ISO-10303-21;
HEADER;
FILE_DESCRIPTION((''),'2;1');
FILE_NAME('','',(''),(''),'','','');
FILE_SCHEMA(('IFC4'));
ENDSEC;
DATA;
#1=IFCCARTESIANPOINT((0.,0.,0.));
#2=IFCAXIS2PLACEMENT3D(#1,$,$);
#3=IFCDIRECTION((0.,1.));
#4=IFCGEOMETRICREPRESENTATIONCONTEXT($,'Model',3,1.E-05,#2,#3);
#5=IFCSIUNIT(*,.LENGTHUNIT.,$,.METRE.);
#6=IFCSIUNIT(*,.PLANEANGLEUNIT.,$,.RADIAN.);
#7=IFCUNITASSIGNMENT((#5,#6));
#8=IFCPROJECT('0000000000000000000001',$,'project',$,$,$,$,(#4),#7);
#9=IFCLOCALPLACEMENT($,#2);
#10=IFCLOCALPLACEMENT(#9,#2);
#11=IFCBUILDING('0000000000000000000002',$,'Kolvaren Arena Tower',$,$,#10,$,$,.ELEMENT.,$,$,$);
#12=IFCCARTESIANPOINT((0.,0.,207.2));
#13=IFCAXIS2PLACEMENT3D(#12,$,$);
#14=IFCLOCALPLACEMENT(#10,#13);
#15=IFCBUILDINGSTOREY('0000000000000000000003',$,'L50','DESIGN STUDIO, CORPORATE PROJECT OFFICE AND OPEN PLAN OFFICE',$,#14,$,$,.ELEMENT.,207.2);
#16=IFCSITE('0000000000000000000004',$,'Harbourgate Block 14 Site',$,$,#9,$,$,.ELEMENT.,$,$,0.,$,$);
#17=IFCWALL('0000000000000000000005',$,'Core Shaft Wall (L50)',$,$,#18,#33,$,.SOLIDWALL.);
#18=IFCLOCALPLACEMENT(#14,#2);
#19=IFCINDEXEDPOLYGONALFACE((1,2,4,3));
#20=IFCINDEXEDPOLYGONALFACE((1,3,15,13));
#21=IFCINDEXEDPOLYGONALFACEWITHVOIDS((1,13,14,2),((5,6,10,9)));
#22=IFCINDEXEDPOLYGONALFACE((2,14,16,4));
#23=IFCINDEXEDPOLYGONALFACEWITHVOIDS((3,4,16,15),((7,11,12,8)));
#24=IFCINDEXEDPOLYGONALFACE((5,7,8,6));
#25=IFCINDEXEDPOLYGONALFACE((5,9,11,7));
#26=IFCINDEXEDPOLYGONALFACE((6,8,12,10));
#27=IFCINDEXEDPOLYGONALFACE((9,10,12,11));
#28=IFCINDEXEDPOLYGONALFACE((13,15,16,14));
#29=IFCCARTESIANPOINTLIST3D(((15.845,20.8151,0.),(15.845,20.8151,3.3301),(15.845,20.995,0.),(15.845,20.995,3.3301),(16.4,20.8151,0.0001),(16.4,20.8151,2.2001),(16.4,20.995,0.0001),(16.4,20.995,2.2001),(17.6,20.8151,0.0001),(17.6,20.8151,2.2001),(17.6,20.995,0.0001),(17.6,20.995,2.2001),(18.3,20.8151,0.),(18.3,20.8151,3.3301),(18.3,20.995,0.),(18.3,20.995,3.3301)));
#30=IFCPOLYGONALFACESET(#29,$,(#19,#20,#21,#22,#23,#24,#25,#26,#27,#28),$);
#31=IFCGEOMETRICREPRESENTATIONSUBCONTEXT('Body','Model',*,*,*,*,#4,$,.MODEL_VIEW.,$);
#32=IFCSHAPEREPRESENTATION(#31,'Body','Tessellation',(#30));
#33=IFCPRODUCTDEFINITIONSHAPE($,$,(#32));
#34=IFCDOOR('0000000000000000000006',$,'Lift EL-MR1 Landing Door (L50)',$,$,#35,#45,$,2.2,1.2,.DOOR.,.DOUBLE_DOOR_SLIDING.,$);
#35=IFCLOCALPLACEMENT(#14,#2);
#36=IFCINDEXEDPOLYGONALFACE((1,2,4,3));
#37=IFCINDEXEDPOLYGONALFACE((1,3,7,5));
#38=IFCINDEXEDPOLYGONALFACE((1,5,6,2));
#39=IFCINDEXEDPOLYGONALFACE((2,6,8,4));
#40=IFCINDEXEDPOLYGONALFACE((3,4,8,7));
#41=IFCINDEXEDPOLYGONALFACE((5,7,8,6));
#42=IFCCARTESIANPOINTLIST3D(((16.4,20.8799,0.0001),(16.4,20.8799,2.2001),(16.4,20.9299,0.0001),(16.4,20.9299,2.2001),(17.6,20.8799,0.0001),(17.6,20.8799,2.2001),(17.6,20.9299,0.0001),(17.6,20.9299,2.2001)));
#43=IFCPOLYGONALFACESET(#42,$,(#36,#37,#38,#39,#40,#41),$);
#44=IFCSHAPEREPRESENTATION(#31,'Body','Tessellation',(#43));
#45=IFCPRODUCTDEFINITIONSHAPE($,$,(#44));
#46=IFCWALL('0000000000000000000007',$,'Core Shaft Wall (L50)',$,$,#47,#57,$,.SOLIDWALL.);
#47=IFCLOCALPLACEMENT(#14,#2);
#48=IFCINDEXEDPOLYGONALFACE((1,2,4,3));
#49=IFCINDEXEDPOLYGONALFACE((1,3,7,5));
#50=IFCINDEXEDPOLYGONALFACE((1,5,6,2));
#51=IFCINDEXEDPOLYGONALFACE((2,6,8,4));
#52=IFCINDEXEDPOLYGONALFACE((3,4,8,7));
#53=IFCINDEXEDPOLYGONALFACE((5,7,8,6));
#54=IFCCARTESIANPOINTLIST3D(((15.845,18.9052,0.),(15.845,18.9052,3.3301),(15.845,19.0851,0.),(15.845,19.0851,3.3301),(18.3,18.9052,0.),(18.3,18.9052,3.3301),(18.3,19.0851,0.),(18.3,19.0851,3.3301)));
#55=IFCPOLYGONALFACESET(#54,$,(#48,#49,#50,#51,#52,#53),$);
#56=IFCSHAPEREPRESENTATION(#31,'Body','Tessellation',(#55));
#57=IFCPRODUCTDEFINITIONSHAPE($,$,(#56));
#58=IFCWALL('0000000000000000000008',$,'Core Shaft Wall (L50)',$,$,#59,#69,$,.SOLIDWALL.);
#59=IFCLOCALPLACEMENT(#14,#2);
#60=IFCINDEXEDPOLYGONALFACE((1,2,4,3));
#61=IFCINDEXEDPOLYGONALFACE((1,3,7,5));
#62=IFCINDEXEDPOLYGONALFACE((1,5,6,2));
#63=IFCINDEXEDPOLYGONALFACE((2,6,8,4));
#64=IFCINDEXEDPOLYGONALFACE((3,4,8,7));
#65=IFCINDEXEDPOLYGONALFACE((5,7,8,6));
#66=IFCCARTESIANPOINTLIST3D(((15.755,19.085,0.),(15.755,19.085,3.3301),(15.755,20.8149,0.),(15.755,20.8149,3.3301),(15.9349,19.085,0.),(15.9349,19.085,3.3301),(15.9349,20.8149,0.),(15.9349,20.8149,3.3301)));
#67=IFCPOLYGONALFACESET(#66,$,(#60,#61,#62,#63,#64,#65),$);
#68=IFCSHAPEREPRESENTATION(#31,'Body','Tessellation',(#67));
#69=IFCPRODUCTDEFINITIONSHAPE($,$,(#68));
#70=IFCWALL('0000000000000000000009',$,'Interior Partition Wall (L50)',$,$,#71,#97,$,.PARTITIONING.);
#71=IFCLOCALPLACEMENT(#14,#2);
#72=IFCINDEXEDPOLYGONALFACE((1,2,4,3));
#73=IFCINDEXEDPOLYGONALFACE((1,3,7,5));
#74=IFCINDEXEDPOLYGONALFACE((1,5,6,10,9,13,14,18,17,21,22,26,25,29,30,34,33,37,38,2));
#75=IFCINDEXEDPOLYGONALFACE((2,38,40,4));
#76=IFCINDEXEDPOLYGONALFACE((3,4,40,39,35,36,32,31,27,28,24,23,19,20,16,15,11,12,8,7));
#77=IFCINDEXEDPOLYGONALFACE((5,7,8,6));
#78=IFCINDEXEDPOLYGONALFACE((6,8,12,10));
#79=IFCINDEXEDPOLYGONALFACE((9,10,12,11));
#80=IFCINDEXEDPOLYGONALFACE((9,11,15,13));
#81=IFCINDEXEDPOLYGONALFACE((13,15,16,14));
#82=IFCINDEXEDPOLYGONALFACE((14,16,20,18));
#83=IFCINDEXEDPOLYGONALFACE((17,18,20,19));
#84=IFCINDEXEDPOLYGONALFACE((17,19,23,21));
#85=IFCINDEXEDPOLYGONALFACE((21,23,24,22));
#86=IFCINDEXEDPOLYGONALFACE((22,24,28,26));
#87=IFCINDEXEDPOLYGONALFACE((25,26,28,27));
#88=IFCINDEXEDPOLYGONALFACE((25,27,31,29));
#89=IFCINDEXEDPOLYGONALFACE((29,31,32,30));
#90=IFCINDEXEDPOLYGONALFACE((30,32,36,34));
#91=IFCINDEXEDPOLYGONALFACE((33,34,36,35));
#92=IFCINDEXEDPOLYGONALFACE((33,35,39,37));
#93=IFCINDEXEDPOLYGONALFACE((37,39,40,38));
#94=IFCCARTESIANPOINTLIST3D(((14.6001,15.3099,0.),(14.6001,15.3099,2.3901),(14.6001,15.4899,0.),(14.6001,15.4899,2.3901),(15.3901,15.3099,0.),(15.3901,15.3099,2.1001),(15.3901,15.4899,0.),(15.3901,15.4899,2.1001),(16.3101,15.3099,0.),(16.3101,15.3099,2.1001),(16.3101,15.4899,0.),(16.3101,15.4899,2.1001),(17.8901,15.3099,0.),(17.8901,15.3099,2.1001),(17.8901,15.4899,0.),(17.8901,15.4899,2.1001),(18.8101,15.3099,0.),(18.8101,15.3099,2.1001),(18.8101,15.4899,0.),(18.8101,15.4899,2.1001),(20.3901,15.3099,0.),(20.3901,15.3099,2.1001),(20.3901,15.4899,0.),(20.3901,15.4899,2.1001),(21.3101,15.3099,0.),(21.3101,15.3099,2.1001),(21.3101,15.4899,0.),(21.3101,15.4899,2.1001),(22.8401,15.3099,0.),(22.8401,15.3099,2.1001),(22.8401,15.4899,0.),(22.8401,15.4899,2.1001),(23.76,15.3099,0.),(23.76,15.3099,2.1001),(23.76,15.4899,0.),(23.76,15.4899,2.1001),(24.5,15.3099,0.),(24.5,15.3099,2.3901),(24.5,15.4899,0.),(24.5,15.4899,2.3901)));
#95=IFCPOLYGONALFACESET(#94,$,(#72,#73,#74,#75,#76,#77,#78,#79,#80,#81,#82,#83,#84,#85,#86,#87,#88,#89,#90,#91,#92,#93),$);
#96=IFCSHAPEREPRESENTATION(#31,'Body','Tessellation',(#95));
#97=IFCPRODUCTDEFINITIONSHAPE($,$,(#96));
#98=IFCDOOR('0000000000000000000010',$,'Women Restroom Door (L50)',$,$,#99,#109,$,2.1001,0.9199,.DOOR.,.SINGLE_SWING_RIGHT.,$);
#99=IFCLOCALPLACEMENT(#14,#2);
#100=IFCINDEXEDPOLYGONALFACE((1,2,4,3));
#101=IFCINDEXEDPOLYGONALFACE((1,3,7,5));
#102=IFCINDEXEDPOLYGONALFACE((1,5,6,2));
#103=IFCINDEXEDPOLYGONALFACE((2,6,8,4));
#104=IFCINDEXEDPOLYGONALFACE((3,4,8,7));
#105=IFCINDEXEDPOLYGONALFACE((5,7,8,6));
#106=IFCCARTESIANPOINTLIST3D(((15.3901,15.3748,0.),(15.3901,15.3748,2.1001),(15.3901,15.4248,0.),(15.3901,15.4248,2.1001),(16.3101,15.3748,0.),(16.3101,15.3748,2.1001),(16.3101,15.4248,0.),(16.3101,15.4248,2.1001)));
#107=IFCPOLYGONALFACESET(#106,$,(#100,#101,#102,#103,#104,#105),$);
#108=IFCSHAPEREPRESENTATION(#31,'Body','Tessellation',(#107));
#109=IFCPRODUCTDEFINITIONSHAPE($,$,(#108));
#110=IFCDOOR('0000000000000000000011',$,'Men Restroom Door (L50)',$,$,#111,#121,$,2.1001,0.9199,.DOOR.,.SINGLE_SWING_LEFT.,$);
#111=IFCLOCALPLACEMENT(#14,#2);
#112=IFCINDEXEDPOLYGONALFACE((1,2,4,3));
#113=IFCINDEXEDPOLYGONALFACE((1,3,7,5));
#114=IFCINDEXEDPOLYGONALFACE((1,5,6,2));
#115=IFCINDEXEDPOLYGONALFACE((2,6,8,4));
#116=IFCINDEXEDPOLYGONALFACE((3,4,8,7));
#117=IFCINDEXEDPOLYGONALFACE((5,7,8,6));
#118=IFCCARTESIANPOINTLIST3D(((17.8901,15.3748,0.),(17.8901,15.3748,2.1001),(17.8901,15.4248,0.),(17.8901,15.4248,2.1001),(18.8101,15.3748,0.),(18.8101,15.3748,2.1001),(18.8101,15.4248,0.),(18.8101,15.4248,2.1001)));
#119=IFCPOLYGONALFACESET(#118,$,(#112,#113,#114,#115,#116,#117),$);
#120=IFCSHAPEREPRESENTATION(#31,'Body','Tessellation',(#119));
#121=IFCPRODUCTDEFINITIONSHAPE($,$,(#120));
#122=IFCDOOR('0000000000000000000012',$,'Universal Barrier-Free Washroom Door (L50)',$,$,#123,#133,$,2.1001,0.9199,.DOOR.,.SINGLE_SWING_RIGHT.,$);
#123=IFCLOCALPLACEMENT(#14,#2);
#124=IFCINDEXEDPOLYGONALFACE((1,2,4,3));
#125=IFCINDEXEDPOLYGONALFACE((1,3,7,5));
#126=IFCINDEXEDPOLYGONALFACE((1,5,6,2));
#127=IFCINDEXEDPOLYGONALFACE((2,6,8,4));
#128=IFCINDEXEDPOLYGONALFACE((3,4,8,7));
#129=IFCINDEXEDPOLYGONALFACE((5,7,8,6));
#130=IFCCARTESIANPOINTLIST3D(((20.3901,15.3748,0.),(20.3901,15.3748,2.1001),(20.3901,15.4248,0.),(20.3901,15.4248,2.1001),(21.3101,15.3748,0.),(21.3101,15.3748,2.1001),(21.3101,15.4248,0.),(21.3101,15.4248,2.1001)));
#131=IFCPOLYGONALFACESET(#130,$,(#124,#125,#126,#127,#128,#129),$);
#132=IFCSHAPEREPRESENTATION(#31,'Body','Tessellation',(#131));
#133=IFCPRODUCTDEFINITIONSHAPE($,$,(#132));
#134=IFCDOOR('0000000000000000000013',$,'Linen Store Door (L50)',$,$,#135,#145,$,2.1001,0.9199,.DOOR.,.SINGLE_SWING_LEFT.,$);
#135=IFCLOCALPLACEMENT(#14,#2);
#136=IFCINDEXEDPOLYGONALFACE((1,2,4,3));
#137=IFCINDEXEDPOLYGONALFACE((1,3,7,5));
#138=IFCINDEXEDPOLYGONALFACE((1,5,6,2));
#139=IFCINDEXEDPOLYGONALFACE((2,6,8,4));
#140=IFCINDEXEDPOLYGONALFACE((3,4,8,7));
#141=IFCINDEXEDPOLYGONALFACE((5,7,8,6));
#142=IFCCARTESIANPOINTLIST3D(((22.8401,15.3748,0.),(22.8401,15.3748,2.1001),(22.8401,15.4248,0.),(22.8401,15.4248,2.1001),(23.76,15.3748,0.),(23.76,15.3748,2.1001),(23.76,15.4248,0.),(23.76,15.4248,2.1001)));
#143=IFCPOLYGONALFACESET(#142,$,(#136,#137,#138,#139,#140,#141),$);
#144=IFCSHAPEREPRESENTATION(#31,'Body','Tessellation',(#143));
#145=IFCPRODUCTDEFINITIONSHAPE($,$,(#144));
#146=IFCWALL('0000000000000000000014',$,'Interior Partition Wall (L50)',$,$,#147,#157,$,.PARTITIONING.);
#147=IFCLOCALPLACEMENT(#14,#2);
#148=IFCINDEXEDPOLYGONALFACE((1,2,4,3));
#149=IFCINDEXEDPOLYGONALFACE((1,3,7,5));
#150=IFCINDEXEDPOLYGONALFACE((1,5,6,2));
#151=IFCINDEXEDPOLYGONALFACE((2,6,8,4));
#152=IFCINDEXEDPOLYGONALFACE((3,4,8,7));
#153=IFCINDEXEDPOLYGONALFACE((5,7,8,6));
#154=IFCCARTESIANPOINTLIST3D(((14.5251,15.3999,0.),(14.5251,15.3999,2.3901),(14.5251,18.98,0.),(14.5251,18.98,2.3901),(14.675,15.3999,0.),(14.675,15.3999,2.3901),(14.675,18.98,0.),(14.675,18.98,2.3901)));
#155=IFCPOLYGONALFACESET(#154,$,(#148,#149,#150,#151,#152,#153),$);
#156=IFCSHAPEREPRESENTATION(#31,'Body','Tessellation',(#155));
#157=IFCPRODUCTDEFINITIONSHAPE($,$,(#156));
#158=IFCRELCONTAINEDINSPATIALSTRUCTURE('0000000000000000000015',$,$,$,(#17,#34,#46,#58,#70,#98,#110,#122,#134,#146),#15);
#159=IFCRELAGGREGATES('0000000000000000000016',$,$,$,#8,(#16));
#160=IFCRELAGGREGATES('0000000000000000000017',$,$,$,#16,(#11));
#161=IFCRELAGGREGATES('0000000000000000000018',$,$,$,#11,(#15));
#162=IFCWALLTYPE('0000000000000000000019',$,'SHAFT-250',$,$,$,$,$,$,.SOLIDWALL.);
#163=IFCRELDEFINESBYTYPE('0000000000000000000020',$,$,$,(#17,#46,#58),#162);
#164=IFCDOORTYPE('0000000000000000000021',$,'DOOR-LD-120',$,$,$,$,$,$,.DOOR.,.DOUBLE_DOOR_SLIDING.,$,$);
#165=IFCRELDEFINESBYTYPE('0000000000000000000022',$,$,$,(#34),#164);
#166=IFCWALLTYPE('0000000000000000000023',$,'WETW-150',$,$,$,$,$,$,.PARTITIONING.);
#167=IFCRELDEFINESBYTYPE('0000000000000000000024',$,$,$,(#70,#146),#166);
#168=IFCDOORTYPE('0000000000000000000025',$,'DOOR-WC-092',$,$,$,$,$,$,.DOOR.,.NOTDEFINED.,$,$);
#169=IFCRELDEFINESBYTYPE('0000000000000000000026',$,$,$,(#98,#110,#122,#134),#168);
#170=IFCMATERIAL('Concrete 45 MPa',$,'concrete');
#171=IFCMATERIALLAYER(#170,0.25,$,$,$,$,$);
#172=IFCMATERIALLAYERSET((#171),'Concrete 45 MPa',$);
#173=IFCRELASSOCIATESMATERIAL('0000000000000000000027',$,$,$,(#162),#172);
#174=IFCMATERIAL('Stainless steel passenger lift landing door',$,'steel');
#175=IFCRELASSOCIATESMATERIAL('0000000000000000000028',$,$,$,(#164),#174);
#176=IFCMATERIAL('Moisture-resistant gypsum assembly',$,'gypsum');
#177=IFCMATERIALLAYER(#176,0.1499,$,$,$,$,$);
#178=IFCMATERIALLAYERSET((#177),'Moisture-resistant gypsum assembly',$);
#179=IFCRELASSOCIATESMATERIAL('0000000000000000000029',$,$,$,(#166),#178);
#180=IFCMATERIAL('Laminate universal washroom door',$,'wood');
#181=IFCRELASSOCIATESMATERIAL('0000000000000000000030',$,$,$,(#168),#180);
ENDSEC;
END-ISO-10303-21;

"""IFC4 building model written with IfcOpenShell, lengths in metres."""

from ifc_helpers import new_model, si_unit, direction, frame, frame_2d, origin, place, context, subcontext, project, spatial, rectangle, extrude, material, layer, layer_set, type_object, element, fill, save


model = new_model("IFC4")

# Units and contexts
model_context = context("Model", 3, precision=1e-05, world=origin(), true_north=direction((0.0, 1.0)))
body_context = subcontext(model_context, "Body", "Model", "MODEL_VIEW")
ifc_project = project(units=[si_unit("LENGTHUNIT", "METRE"), si_unit("PLANEANGLEUNIT", "RADIAN")], contexts=[model_context])

# Site, building, storey
site_placement = place(None, origin())
site = spatial("IfcSite", under=ifc_project, at=site_placement, Name="Harbourgate Block 14 Site", CompositionType="ELEMENT", RefElevation=0.0)
building_placement = place(site_placement, origin())
building = spatial("IfcBuilding", under=site, at=building_placement, Name="Kolvaren Arena Tower", CompositionType="ELEMENT")
storey_placement = place(building_placement, frame((0.0, 0.0, 207.2)))
storey = spatial("IfcBuildingStorey", under=building, at=storey_placement, Name="L50", Description="DESIGN STUDIO, CORPORATE PROJECT OFFICE AND OPEN PLAN OFFICE", CompositionType="ELEMENT", Elevation=207.2)

# Wall, opening, door
ifc_material_1 = material(Name="Concrete 45 MPa", Category="concrete")
ifc_layer_1 = layer(ifc_material_1, 0.25)
ifc_layer_set_1 = layer_set([ifc_layer_1], Name="Concrete 45 MPa")
wall_type_1 = type_object("IfcWallType", Name="SHAFT-250", PredefinedType="SOLIDWALL", material=ifc_layer_set_1)
wall_1_placement = place(storey_placement, frame((15.845, 20.905, 0.0), z_axis=(0.0, 0.0, 1.0), x_axis=(1.0, 0.0, 0.0)))
wall_1 = element("IfcWall", 1, at=wall_1_placement, inside=storey, type_object=wall_type_1, Name="Core Shaft Wall (L50)", PredefinedType="SOLIDWALL", context=body_context, shape_type="SweptSolid", body=[
    extrude(rectangle(XDim=2.4551, YDim=0.1799, at=frame_2d((1.2275, 0.0))), origin(), (0.0, 0.0, 1.0), 3.3301),
])
opening_1_placement = place(wall_1_placement, frame((0.5549, 0.0, 0.0)))
opening_1 = element("IfcOpeningElement", 2, at=opening_1_placement, cuts=wall_1, PredefinedType="OPENING", context=body_context, shape_type="SweptSolid", body=[
    extrude(rectangle(XDim=1.2, YDim=2.2, at=frame_2d((0.6001, 1.1001))), frame((0.0, 0.0999, 0.0), z_axis=(0.0, -1.0, 0.0), x_axis=(1.0, 0.0, 0.0)), (0.0, 0.0, 1.0), 0.2),
])
ifc_material_2 = material(Name="Stainless steel passenger lift landing door", Category="steel")
door_type_1 = type_object("IfcDoorType", Name="DOOR-LD-120", OperationType="DOUBLE_DOOR_SLIDING", PredefinedType="DOOR", material=ifc_material_2)
door_1_placement = place(opening_1_placement, origin())
door_1 = element("IfcDoor", 3, at=door_1_placement, inside=storey, type_object=door_type_1, Name="Lift EL-MR1 Landing Door (L50)", OperationType="DOUBLE_DOOR_SLIDING", OverallHeight=2.2, OverallWidth=1.2, PredefinedType="DOOR", context=body_context, shape_type="SweptSolid", body=[
    extrude(rectangle(XDim=1.2, YDim=2.2, at=frame_2d((0.6001, 1.1001))), frame((0.0, 0.0249, 0.0), z_axis=(0.0, -1.0, 0.0), x_axis=(1.0, 0.0, 0.0)), (0.0, 0.0, 1.0), 0.05),
])
fill(opening_1, door_1)

# Walls
wall_2_placement = place(storey_placement, frame((15.845, 18.9951, 0.0), z_axis=(0.0, 0.0, 1.0), x_axis=(1.0, 0.0, 0.0)))
element("IfcWall", 4, at=wall_2_placement, inside=storey, type_object=wall_type_1, Name="Core Shaft Wall (L50)", PredefinedType="SOLIDWALL", context=body_context, shape_type="SweptSolid", body=[
    extrude(rectangle(XDim=2.4551, YDim=0.1799, at=frame_2d((1.2275, 0.0))), origin(), (0.0, 0.0, 1.0), 3.3301),
])
wall_3_placement = place(storey_placement, frame((15.845, 19.085, 0.0), z_axis=(0.0, 0.0, 1.0), x_axis=(0.0, 1.0, 0.0)))
element("IfcWall", 5, at=wall_3_placement, inside=storey, type_object=wall_type_1, Name="Core Shaft Wall (L50)", PredefinedType="SOLIDWALL", context=body_context, shape_type="SweptSolid", body=[
    extrude(rectangle(XDim=1.73, YDim=0.1799, at=frame_2d((0.865, 0.0))), origin(), (0.0, 0.0, 1.0), 3.3301),
])

# Wall, openings, doors
ifc_material_3 = material(Name="Moisture-resistant gypsum assembly", Category="gypsum")
ifc_layer_2 = layer(ifc_material_3, 0.1499)
ifc_layer_set_2 = layer_set([ifc_layer_2], Name="Moisture-resistant gypsum assembly")
wall_type_2 = type_object("IfcWallType", Name="WETW-150", PredefinedType="PARTITIONING", material=ifc_layer_set_2)
wall_4_placement = place(storey_placement, frame((14.6001, 15.3999, 0.0), z_axis=(0.0, 0.0, 1.0), x_axis=(1.0, 0.0, 0.0)))
wall_4 = element("IfcWall", 6, at=wall_4_placement, inside=storey, type_object=wall_type_2, Name="Interior Partition Wall (L50)", PredefinedType="PARTITIONING", context=body_context, shape_type="SweptSolid", body=[
    extrude(rectangle(XDim=9.8999, YDim=0.1799, at=frame_2d((4.95, 0.0))), origin(), (0.0, 0.0, 1.0), 2.3901),
])
opening_2_placement = place(wall_4_placement, frame((0.79, 0.0, 0.0)))
opening_2 = element("IfcOpeningElement", 7, at=opening_2_placement, cuts=wall_4, PredefinedType="OPENING", context=body_context, shape_type="SweptSolid", body=[
    extrude(rectangle(XDim=0.9199, YDim=2.1001, at=frame_2d((0.46, 1.05))), frame((0.0, 0.0999, 0.0), z_axis=(0.0, -1.0, 0.0), x_axis=(1.0, 0.0, 0.0)), (0.0, 0.0, 1.0), 0.2),
])
opening_3_placement = place(wall_4_placement, frame((3.29, 0.0, 0.0)))
opening_3 = element("IfcOpeningElement", 8, at=opening_3_placement, cuts=wall_4, PredefinedType="OPENING", context=body_context, shape_type="SweptSolid", body=[
    extrude(rectangle(XDim=0.9199, YDim=2.1001, at=frame_2d((0.46, 1.05))), frame((0.0, 0.0999, 0.0), z_axis=(0.0, -1.0, 0.0), x_axis=(1.0, 0.0, 0.0)), (0.0, 0.0, 1.0), 0.2),
])
opening_4_placement = place(wall_4_placement, frame((5.79, 0.0, 0.0)))
opening_4 = element("IfcOpeningElement", 9, at=opening_4_placement, cuts=wall_4, PredefinedType="OPENING", context=body_context, shape_type="SweptSolid", body=[
    extrude(rectangle(XDim=0.9199, YDim=2.1001, at=frame_2d((0.46, 1.05))), frame((0.0, 0.0999, 0.0), z_axis=(0.0, -1.0, 0.0), x_axis=(1.0, 0.0, 0.0)), (0.0, 0.0, 1.0), 0.2),
])
opening_5_placement = place(wall_4_placement, frame((8.24, 0.0, 0.0)))
opening_5 = element("IfcOpeningElement", 10, at=opening_5_placement, cuts=wall_4, PredefinedType="OPENING", context=body_context, shape_type="SweptSolid", body=[
    extrude(rectangle(XDim=0.9199, YDim=2.1001, at=frame_2d((0.46, 1.05))), frame((0.0, 0.0999, 0.0), z_axis=(0.0, -1.0, 0.0), x_axis=(1.0, 0.0, 0.0)), (0.0, 0.0, 1.0), 0.2),
])
ifc_material_4 = material(Name="Laminate universal washroom door", Category="wood")
door_type_2 = type_object("IfcDoorType", Name="DOOR-WC-092", OperationType="NOTDEFINED", PredefinedType="DOOR", material=ifc_material_4)
door_2_placement = place(opening_2_placement, origin())
door_2 = element("IfcDoor", 11, at=door_2_placement, inside=storey, type_object=door_type_2, Name="Women Restroom Door (L50)", OperationType="SINGLE_SWING_RIGHT", OverallHeight=2.1001, OverallWidth=0.9199, PredefinedType="DOOR", context=body_context, shape_type="SweptSolid", body=[
    extrude(rectangle(XDim=0.9199, YDim=2.1001, at=frame_2d((0.46, 1.05))), frame((0.0, 0.0249, 0.0), z_axis=(0.0, -1.0, 0.0), x_axis=(1.0, 0.0, 0.0)), (0.0, 0.0, 1.0), 0.05),
])
fill(opening_2, door_2)
door_3_placement = place(opening_3_placement, origin())
door_3 = element("IfcDoor", 12, at=door_3_placement, inside=storey, type_object=door_type_2, Name="Men Restroom Door (L50)", OperationType="SINGLE_SWING_LEFT", OverallHeight=2.1001, OverallWidth=0.9199, PredefinedType="DOOR", context=body_context, shape_type="SweptSolid", body=[
    extrude(rectangle(XDim=0.9199, YDim=2.1001, at=frame_2d((0.46, 1.05))), frame((0.0, 0.0249, 0.0), z_axis=(0.0, -1.0, 0.0), x_axis=(1.0, 0.0, 0.0)), (0.0, 0.0, 1.0), 0.05),
])
fill(opening_3, door_3)
door_4_placement = place(opening_4_placement, origin())
door_4 = element("IfcDoor", 13, at=door_4_placement, inside=storey, type_object=door_type_2, Name="Universal Barrier-Free Washroom Door (L50)", OperationType="SINGLE_SWING_RIGHT", OverallHeight=2.1001, OverallWidth=0.9199, PredefinedType="DOOR", context=body_context, shape_type="SweptSolid", body=[
    extrude(rectangle(XDim=0.9199, YDim=2.1001, at=frame_2d((0.46, 1.05))), frame((0.0, 0.0249, 0.0), z_axis=(0.0, -1.0, 0.0), x_axis=(1.0, 0.0, 0.0)), (0.0, 0.0, 1.0), 0.05),
])
fill(opening_4, door_4)
door_5_placement = place(opening_5_placement, origin())
door_5 = element("IfcDoor", 14, at=door_5_placement, inside=storey, type_object=door_type_2, Name="Linen Store Door (L50)", OperationType="SINGLE_SWING_LEFT", OverallHeight=2.1001, OverallWidth=0.9199, PredefinedType="DOOR", context=body_context, shape_type="SweptSolid", body=[
    extrude(rectangle(XDim=0.9199, YDim=2.1001, at=frame_2d((0.46, 1.05))), frame((0.0, 0.0249, 0.0), z_axis=(0.0, -1.0, 0.0), x_axis=(1.0, 0.0, 0.0)), (0.0, 0.0, 1.0), 0.05),
])
fill(opening_5, door_5)

# Wall
wall_5_placement = place(storey_placement, frame((14.6001, 15.3999, 0.0), z_axis=(0.0, 0.0, 1.0), x_axis=(0.0, 1.0, 0.0)))
element("IfcWall", 15, at=wall_5_placement, inside=storey, type_object=wall_type_2, Name="Interior Partition Wall (L50)", PredefinedType="PARTITIONING", context=body_context, shape_type="SweptSolid", body=[
    extrude(rectangle(XDim=3.5801, YDim=0.1499, at=frame_2d((1.79, 0.0))), origin(), (0.0, 0.0, 1.0), 2.3901),
])

save(model, "model.ifc")
